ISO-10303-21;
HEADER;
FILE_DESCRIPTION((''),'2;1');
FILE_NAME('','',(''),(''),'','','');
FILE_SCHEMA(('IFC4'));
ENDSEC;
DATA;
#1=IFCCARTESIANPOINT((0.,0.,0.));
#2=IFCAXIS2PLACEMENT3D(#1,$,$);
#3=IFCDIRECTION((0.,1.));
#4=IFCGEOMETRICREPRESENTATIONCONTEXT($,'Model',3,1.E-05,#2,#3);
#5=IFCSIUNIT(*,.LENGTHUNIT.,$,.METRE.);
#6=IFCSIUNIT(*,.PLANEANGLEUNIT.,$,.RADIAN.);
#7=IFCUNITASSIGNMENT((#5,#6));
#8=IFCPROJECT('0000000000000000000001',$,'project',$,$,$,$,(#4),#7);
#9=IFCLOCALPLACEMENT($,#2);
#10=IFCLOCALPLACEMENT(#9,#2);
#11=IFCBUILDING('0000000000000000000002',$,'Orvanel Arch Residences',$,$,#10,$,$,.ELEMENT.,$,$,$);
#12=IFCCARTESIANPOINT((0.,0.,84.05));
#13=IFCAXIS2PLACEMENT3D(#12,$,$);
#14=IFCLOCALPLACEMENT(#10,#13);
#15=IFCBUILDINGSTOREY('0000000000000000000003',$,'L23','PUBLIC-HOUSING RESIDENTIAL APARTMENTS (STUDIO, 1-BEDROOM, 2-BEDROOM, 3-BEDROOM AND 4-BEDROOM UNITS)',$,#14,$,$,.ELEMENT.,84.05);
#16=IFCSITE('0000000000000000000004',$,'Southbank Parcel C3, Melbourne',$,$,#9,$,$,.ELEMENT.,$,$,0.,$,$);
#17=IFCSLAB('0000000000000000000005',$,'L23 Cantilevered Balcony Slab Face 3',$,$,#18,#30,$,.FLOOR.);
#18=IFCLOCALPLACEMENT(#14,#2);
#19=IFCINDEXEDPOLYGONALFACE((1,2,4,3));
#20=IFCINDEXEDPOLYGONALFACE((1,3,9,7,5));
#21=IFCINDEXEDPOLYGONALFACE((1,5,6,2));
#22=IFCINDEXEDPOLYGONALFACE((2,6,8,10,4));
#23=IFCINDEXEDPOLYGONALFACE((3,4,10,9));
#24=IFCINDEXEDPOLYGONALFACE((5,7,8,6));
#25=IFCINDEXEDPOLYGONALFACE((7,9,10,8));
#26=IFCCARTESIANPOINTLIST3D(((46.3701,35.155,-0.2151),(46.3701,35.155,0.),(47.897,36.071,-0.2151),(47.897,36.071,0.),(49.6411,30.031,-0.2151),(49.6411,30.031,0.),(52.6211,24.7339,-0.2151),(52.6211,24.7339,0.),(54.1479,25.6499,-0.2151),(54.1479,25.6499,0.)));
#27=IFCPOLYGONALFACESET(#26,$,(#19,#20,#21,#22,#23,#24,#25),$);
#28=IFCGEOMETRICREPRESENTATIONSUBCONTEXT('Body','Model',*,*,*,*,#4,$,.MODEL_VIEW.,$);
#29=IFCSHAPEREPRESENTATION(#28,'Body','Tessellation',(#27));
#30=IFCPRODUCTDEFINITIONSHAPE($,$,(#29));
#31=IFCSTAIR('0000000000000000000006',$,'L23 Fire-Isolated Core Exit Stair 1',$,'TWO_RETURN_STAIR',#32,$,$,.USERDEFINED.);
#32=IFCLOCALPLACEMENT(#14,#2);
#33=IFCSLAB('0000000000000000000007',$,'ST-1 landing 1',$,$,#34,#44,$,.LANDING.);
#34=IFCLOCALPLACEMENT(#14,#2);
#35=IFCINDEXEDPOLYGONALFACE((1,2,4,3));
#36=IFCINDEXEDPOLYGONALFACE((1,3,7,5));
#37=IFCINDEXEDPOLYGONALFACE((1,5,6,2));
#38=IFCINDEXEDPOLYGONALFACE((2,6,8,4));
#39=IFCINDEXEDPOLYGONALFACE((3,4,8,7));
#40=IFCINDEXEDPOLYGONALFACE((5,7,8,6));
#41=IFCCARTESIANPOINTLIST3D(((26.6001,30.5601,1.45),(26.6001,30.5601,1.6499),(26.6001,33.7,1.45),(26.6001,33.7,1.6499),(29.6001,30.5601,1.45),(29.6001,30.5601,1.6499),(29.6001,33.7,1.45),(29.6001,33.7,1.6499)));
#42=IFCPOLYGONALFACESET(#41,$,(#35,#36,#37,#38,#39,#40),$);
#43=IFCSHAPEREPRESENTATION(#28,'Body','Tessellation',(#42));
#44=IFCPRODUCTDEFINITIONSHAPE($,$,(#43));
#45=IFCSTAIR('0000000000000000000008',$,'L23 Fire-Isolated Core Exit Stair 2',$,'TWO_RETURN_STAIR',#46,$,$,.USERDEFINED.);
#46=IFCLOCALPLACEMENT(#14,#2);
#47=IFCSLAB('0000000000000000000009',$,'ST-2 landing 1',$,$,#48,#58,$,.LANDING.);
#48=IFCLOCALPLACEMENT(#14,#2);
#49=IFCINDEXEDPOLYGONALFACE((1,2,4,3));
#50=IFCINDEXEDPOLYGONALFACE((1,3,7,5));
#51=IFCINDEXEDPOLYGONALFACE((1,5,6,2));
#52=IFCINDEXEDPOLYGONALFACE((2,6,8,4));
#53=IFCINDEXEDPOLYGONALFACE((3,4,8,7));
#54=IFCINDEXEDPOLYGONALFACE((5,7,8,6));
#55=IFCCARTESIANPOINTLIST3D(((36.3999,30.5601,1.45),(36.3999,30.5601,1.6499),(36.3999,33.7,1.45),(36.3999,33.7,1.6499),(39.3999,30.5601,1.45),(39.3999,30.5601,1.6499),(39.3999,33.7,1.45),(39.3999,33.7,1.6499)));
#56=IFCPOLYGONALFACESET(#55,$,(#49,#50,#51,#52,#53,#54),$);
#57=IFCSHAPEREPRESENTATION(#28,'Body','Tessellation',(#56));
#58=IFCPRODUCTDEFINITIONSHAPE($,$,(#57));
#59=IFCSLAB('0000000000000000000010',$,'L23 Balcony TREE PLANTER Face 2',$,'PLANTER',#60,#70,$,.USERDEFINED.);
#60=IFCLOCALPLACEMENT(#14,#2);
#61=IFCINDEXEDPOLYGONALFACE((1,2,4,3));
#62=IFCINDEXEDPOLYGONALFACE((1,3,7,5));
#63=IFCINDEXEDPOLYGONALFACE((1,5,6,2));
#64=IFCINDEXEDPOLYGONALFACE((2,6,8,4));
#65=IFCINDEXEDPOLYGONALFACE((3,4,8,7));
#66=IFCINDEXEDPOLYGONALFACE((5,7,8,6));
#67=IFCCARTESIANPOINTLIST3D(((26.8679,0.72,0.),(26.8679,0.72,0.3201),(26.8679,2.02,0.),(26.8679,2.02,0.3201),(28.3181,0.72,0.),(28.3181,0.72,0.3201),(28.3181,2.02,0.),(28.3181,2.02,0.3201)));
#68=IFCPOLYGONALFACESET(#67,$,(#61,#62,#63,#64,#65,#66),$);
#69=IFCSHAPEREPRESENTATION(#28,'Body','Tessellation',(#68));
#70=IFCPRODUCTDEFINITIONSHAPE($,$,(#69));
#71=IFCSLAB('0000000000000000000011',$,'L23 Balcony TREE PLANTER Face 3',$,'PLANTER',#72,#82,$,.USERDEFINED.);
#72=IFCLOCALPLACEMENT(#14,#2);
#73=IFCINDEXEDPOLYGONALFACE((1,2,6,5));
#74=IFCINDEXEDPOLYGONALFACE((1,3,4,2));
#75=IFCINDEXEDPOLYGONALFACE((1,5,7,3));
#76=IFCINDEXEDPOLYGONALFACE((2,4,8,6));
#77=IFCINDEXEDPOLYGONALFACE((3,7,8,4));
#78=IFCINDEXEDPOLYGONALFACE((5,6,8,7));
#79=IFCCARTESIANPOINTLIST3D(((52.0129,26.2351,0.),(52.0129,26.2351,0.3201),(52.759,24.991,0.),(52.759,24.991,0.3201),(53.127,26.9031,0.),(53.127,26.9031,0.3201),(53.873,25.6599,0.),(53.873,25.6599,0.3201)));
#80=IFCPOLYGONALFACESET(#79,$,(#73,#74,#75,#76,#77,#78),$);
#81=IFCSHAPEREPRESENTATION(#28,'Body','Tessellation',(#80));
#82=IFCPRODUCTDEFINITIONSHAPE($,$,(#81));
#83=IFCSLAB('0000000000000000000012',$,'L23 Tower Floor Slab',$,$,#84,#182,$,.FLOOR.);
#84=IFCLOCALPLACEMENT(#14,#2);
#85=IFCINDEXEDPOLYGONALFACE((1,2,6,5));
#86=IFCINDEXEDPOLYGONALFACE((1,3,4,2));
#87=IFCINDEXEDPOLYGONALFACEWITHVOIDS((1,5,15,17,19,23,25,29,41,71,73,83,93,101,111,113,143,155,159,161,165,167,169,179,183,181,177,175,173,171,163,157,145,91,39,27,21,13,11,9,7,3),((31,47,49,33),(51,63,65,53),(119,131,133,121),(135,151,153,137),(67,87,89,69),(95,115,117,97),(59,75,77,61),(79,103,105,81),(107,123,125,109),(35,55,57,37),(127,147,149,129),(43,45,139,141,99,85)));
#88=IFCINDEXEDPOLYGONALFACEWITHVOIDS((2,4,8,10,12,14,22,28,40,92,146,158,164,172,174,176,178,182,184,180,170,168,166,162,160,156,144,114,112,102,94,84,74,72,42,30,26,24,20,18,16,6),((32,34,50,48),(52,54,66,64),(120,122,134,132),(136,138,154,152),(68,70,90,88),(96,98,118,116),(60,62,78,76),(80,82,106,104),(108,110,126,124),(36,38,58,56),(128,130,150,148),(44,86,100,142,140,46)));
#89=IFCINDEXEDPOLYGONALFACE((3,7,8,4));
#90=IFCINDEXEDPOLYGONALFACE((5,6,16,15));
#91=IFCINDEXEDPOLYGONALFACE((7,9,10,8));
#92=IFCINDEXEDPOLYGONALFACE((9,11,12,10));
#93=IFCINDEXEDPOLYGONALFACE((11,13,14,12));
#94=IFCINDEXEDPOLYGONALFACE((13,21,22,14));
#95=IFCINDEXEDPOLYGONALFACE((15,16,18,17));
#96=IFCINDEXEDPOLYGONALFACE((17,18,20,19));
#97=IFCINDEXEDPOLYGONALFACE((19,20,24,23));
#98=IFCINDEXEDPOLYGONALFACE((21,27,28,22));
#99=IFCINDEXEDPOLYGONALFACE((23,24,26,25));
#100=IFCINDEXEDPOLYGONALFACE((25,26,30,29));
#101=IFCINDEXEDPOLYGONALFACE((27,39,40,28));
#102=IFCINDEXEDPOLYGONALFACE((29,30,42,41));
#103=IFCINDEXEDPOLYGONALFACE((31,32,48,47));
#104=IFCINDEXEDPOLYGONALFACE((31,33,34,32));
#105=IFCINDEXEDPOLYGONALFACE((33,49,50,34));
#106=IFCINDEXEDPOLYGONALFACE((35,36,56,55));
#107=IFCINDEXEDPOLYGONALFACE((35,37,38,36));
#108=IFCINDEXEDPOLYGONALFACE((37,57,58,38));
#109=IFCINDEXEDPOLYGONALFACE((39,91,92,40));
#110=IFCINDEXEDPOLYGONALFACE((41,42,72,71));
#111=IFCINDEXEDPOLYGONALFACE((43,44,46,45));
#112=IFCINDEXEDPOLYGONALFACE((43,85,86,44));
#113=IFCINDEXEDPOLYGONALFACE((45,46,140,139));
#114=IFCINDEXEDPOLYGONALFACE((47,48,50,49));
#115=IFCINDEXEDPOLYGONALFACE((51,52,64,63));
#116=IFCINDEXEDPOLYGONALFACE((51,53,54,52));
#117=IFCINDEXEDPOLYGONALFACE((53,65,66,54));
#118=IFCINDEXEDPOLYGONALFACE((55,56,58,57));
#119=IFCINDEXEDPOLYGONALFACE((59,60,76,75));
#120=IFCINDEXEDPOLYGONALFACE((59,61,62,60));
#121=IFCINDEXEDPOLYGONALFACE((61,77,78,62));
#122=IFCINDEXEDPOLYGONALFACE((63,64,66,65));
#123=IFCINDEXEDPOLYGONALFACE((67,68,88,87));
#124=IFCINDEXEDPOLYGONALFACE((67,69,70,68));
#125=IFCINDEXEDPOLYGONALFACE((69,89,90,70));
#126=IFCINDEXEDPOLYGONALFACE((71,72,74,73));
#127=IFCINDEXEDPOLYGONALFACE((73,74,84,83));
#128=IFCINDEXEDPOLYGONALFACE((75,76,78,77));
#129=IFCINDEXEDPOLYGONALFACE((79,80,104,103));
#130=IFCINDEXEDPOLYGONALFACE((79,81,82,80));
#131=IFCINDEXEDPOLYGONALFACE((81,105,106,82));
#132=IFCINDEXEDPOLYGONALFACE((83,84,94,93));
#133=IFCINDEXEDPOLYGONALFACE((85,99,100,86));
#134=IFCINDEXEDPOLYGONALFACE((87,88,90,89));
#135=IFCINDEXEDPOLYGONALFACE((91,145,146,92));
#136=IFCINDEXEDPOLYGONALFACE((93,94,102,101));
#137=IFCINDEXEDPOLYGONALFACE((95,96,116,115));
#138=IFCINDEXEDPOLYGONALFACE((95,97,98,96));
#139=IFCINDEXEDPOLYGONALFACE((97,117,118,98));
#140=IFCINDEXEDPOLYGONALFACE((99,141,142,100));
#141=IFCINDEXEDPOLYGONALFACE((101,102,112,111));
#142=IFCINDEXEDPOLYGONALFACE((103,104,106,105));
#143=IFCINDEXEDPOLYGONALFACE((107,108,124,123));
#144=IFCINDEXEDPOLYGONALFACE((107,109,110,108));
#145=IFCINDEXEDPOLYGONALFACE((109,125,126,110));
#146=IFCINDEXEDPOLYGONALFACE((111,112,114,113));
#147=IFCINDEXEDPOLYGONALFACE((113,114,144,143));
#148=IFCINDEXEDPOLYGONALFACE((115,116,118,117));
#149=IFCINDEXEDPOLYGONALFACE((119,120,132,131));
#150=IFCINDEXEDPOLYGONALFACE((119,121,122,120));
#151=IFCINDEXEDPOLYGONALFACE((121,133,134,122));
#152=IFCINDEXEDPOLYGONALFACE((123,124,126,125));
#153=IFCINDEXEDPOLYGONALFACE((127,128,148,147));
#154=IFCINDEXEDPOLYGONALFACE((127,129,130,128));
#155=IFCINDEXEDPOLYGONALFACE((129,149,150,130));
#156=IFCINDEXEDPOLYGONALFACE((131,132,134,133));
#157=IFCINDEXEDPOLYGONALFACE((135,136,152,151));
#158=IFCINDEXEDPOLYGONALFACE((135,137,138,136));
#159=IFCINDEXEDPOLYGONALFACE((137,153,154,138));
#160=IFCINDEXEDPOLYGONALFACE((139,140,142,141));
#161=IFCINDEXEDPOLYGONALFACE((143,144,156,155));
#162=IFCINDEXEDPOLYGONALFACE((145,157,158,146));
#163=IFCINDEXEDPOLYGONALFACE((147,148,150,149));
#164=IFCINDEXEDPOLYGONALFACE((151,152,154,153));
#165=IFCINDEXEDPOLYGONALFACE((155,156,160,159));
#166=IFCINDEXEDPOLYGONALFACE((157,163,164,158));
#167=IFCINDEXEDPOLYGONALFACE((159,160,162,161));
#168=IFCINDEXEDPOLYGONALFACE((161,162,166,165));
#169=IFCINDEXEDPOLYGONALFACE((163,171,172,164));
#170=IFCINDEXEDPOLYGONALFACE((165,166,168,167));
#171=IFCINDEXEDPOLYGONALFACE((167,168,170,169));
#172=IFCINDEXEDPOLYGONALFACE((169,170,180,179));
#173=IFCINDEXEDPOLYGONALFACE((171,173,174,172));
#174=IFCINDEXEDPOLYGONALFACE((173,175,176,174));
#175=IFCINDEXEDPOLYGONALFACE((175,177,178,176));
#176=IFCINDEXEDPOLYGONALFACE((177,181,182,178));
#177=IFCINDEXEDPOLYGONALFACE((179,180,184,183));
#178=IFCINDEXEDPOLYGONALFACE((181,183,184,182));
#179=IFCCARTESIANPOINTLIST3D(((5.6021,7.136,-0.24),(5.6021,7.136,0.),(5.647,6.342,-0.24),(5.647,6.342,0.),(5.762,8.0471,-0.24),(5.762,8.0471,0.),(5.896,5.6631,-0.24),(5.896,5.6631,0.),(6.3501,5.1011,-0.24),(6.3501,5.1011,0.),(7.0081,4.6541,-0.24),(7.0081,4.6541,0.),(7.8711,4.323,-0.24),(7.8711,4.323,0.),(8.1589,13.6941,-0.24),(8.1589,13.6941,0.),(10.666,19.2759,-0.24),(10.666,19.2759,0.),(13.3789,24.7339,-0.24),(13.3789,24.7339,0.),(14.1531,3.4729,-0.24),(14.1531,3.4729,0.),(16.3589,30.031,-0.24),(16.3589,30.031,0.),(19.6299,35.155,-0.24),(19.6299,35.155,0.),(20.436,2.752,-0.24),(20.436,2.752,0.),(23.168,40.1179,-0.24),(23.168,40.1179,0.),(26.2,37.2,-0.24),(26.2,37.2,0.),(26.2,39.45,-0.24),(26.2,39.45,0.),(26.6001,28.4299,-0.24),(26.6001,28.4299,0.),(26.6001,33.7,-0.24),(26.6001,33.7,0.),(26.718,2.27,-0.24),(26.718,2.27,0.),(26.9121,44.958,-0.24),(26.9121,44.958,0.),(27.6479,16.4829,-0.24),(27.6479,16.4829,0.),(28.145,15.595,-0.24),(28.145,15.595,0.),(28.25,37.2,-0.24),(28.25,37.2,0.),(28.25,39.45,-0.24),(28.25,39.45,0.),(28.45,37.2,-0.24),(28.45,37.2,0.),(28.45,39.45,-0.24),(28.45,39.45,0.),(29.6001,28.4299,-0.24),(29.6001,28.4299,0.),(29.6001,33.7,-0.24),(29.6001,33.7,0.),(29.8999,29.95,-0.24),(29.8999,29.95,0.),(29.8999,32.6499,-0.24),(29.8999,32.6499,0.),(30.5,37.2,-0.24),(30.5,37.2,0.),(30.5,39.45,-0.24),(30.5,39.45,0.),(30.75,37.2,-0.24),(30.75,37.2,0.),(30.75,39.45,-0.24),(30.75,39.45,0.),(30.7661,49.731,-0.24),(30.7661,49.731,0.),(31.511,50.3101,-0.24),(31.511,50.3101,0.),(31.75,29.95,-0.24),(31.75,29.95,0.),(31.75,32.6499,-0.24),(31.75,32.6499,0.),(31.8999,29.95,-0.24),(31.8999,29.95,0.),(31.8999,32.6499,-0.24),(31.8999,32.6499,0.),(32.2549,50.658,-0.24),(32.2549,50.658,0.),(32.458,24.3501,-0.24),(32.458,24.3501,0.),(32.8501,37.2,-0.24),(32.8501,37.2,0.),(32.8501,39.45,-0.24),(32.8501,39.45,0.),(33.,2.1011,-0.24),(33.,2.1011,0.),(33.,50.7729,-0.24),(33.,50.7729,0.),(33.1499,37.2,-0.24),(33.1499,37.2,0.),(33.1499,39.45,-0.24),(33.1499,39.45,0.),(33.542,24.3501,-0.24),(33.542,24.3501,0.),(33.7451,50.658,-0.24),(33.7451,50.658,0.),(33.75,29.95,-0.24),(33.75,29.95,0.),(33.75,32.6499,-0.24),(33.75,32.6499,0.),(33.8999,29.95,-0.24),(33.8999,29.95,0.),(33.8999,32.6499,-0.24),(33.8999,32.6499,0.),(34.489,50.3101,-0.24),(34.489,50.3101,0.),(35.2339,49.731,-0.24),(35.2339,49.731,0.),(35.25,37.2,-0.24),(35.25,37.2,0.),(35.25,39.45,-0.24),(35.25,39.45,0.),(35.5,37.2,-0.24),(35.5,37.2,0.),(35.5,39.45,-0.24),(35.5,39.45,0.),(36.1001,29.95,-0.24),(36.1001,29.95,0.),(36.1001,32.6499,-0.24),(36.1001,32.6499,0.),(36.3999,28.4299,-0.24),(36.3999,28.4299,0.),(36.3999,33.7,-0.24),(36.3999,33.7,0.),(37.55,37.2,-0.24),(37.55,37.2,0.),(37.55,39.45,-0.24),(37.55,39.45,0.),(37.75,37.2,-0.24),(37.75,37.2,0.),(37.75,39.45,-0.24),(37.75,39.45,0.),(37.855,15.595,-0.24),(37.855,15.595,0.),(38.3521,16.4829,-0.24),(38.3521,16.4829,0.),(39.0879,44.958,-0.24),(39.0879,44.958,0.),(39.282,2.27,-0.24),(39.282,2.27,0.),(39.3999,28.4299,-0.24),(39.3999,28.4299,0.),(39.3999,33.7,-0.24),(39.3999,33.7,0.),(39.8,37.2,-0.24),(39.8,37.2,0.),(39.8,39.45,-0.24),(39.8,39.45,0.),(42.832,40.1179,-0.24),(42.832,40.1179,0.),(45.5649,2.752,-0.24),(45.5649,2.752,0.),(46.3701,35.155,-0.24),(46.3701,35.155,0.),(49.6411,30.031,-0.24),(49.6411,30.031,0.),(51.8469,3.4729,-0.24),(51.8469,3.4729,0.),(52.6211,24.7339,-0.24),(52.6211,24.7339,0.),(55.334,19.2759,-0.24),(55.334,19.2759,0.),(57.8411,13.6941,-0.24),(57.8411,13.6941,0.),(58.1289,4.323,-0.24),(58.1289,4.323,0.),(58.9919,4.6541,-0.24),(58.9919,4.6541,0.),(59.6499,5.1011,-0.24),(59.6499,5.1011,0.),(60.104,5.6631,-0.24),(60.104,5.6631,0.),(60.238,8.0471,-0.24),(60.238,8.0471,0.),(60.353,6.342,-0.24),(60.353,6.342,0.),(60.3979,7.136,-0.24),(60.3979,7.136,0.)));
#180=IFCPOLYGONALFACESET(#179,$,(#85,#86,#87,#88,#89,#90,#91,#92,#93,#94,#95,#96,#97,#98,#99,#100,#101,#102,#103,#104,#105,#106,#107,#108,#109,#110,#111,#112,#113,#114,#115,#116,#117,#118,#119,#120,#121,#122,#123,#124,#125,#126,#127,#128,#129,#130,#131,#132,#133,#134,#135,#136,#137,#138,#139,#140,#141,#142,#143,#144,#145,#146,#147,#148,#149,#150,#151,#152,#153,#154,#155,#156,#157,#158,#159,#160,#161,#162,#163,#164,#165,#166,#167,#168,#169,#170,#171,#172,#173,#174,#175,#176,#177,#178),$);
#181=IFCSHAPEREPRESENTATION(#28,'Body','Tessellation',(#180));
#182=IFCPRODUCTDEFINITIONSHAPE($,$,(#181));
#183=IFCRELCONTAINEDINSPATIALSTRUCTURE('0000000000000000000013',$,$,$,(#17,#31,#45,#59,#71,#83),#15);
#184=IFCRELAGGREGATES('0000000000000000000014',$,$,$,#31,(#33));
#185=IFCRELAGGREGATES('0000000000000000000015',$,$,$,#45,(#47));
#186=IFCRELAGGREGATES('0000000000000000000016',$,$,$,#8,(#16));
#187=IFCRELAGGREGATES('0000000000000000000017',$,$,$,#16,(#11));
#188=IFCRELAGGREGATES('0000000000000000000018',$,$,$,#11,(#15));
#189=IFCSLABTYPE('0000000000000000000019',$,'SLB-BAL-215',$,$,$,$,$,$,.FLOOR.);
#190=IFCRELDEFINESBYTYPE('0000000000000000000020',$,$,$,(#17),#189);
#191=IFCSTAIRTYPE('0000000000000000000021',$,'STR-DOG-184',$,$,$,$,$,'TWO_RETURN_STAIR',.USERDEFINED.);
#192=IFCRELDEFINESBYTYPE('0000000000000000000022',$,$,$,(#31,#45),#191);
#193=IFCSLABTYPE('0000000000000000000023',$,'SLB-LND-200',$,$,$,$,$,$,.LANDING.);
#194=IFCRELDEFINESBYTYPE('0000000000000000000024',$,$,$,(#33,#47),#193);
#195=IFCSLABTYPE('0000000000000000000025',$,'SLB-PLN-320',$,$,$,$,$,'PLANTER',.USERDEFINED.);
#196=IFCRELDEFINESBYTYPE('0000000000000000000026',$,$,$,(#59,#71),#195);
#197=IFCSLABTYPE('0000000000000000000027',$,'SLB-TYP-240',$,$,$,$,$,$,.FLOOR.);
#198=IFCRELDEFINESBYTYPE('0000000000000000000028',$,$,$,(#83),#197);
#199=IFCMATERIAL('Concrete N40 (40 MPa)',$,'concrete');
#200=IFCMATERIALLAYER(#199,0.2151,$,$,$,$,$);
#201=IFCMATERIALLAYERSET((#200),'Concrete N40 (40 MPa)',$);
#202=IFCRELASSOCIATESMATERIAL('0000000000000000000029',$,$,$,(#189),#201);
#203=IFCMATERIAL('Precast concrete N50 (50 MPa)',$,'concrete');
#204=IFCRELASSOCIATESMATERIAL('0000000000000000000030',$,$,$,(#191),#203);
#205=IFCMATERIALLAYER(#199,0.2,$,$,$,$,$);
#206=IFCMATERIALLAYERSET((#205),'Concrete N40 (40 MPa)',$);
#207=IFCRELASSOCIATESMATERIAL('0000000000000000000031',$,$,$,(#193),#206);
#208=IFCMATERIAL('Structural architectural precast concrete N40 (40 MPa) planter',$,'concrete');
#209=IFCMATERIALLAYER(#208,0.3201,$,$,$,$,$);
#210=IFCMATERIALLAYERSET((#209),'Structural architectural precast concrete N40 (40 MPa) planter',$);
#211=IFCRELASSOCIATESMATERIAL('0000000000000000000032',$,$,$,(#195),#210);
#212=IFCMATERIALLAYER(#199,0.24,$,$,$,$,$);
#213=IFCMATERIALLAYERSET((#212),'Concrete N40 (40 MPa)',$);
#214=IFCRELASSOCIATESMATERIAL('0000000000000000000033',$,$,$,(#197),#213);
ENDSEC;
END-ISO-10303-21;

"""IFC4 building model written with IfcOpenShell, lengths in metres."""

from ifc_helpers import new_model, si_unit, direction, frame, origin, place, context, subcontext, project, spatial, polyline, outline, extrude, material, layer, layer_set, type_object, element, aggregate, save


model = new_model("IFC4")

# Units and contexts
model_context = context("Model", 3, precision=1e-05, world=origin(), true_north=direction((0.0, 1.0)))
body_context = subcontext(model_context, "Body", "Model", "MODEL_VIEW")
ifc_project = project(units=[si_unit("LENGTHUNIT", "METRE"), si_unit("PLANEANGLEUNIT", "RADIAN")], contexts=[model_context])

# Site, building, storey
site_placement = place(None, origin())
site = spatial("IfcSite", under=ifc_project, at=site_placement, Name="Southbank Parcel C3, Melbourne", CompositionType="ELEMENT", RefElevation=0.0)
building_placement = place(site_placement, origin())
building = spatial("IfcBuilding", under=site, at=building_placement, Name="Orvanel Arch Residences", CompositionType="ELEMENT")
storey_placement = place(building_placement, frame((0.0, 0.0, 84.05)))
storey = spatial("IfcBuildingStorey", under=building, at=storey_placement, Name="L23", Description="PUBLIC-HOUSING RESIDENTIAL APARTMENTS (STUDIO, 1-BEDROOM, 2-BEDROOM, 3-BEDROOM AND 4-BEDROOM UNITS)", CompositionType="ELEMENT", Elevation=84.05)

# Slab
ifc_material_1 = material(Name="Concrete N40 (40 MPa)", Category="concrete")
ifc_layer_1 = layer(ifc_material_1, 0.2151)
ifc_layer_set_1 = layer_set([ifc_layer_1], Name="Concrete N40 (40 MPa)")
slab_type_1 = type_object("IfcSlabType", Name="SLB-BAL-215", PredefinedType="FLOOR", material=ifc_layer_set_1)
slab_1_placement = place(storey_placement, frame((0.0, 0.0, -0.2151)))
element("IfcSlab", 1, at=slab_1_placement, inside=storey, type_object=slab_type_1, Name="L23 Cantilevered Balcony Slab Face 3", PredefinedType="FLOOR", context=body_context, shape_type="SweptSolid", body=[
    extrude(outline(polyline([(54.1479, 25.6499), (47.897, 36.071), (46.3701, 35.155), (49.6411, 30.031), (52.6211, 24.7339), (54.1479, 25.6499)])), origin(), (0.0, 0.0, 1.0), 0.2151),
])

# Stairs, slabs
ifc_material_2 = material(Name="Precast concrete N50 (50 MPa)", Category="concrete")
stair_type = type_object("IfcStairType", Name="STR-DOG-184", ElementType="TWO_RETURN_STAIR", PredefinedType="USERDEFINED", material=ifc_material_2)
stair_1_placement = place(storey_placement, origin())
stair_1 = element("IfcStair", 2, at=stair_1_placement, inside=storey, type_object=stair_type, Name="L23 Fire-Isolated Core Exit Stair 1", ObjectType="TWO_RETURN_STAIR", PredefinedType="USERDEFINED")
ifc_layer_2 = layer(ifc_material_1, 0.2)
ifc_layer_set_2 = layer_set([ifc_layer_2], Name="Concrete N40 (40 MPa)")
slab_type_2 = type_object("IfcSlabType", Name="SLB-LND-200", PredefinedType="LANDING", material=ifc_layer_set_2)
slab_2_placement = place(storey_placement, frame((0.0, 0.0, 1.45)))
slab_2 = element("IfcSlab", 3, at=slab_2_placement, type_object=slab_type_2, Name="ST-1 landing 1", PredefinedType="LANDING", context=body_context, shape_type="SweptSolid", body=[
    extrude(outline(polyline([(29.6001, 30.5601), (29.6001, 33.7), (26.6001, 33.7), (26.6001, 30.5601), (29.6001, 30.5601)])), origin(), (0.0, 0.0, 1.0), 0.2),
])
aggregate(stair_1, [slab_2])
stair_2_placement = place(storey_placement, origin())
stair_2 = element("IfcStair", 4, at=stair_2_placement, inside=storey, type_object=stair_type, Name="L23 Fire-Isolated Core Exit Stair 2", ObjectType="TWO_RETURN_STAIR", PredefinedType="USERDEFINED")
slab_3_placement = place(storey_placement, frame((0.0, 0.0, 1.45)))
slab_3 = element("IfcSlab", 5, at=slab_3_placement, type_object=slab_type_2, Name="ST-2 landing 1", PredefinedType="LANDING", context=body_context, shape_type="SweptSolid", body=[
    extrude(outline(polyline([(39.3999, 30.5601), (39.3999, 33.7), (36.3999, 33.7), (36.3999, 30.5601), (39.3999, 30.5601)])), origin(), (0.0, 0.0, 1.0), 0.2),
])
aggregate(stair_2, [slab_3])

# Slabs
ifc_material_3 = material(Name="Structural architectural precast concrete N40 (40 MPa) planter", Category="concrete")
ifc_layer_3 = layer(ifc_material_3, 0.3201)
ifc_layer_set_3 = layer_set([ifc_layer_3], Name="Structural architectural precast concrete N40 (40 MPa) planter")
slab_type_3 = type_object("IfcSlabType", Name="SLB-PLN-320", ElementType="PLANTER", PredefinedType="USERDEFINED", material=ifc_layer_set_3)
slab_4_placement = place(storey_placement, origin())
element("IfcSlab", 6, at=slab_4_placement, inside=storey, type_object=slab_type_3, Name="L23 Balcony TREE PLANTER Face 2", ObjectType="PLANTER", PredefinedType="USERDEFINED", context=body_context, shape_type="SweptSolid", body=[
    extrude(outline(polyline([(26.8679, 0.72), (28.3181, 0.72), (28.3181, 2.02), (26.8679, 2.02), (26.8679, 0.72)])), origin(), (0.0, 0.0, 1.0), 0.3201),
])
slab_5_placement = place(storey_placement, origin())
element("IfcSlab", 7, at=slab_5_placement, inside=storey, type_object=slab_type_3, Name="L23 Balcony TREE PLANTER Face 3", ObjectType="PLANTER", PredefinedType="USERDEFINED", context=body_context, shape_type="SweptSolid", body=[
    extrude(outline(polyline([(53.873, 25.6599), (53.127, 26.9031), (52.0129, 26.2351), (52.759, 24.991), (53.873, 25.6599)])), origin(), (0.0, 0.0, 1.0), 0.3201),
])
ifc_layer_4 = layer(ifc_material_1, 0.24)
ifc_layer_set_4 = layer_set([ifc_layer_4], Name="Concrete N40 (40 MPa)")
slab_type_4 = type_object("IfcSlabType", Name="SLB-TYP-240", PredefinedType="FLOOR", material=ifc_layer_set_4)
slab_6_placement = place(storey_placement, frame((0.0, 0.0, -0.24)))
element("IfcSlab", 8, at=slab_6_placement, inside=storey, type_object=slab_type_4, Name="L23 Tower Floor Slab", PredefinedType="FLOOR", context=body_context, shape_type="SweptSolid", body=[
    extrude(outline(polyline([(35.2339, 49.731), (34.489, 50.3101), (33.7451, 50.658), (33.0, 50.7729), (32.2549, 50.658), (31.511, 50.3101), (30.7661, 49.731), (26.9121, 44.958), (23.168, 40.1179), (19.6299, 35.155), (16.3589, 30.031), (13.3789, 24.7339), (10.666, 19.2759), (8.1589, 13.6941), (5.762, 8.0471), (5.6021, 7.136), (5.647, 6.342), (5.896, 5.6631), (6.3501, 5.1011), (7.0081, 4.6541), (7.8711, 4.323), (14.1531, 3.4729), (20.436, 2.752), (26.718, 2.27), (33.0, 2.1011), (39.282, 2.27), (45.5649, 2.752), (51.8469, 3.4729), (58.1289, 4.323), (58.9919, 4.6541), (59.6499, 5.1011), (60.104, 5.6631), (60.353, 6.342), (60.3979, 7.136), (60.238, 8.0471), (57.8411, 13.6941), (55.334, 19.2759), (52.6211, 24.7339), (49.6411, 30.031), (46.3701, 35.155), (42.832, 40.1179), (39.0879, 44.958), (35.2339, 49.731)]), holes=[polyline([(26.6001, 28.4299), (26.6001, 33.7), (29.6001, 33.7), (29.6001, 28.4299), (26.6001, 28.4299)]), polyline([(36.3999, 28.4299), (36.3999, 33.7), (39.3999, 33.7), (39.3999, 28.4299), (36.3999, 28.4299)]), polyline([(29.8999, 32.6499), (31.75, 32.6499), (31.75, 29.95), (29.8999, 29.95), (29.8999, 32.6499)]), polyline([(31.8999, 32.6499), (33.75, 32.6499), (33.75, 29.95), (31.8999, 29.95), (31.8999, 32.6499)]), polyline([(33.8999, 32.6499), (36.1001, 32.6499), (36.1001, 29.95), (33.8999, 29.95), (33.8999, 32.6499)]), polyline([(26.2, 39.45), (28.25, 39.45), (28.25, 37.2), (26.2, 37.2), (26.2, 39.45)]), polyline([(37.75, 39.45), (39.8, 39.45), (39.8, 37.2), (37.75, 37.2), (37.75, 39.45)]), polyline([(28.45, 39.45), (30.5, 39.45), (30.5, 37.2), (28.45, 37.2), (28.45, 39.45)]), polyline([(35.5, 39.45), (37.55, 39.45), (37.55, 37.2), (35.5, 37.2), (35.5, 39.45)]), polyline([(30.75, 39.45), (32.8501, 39.45), (32.8501, 37.2), (30.75, 37.2), (30.75, 39.45)]), polyline([(33.1499, 39.45), (35.25, 39.45), (35.25, 37.2), (33.1499, 37.2), (33.1499, 39.45)]), polyline([(38.3521, 16.4829), (37.855, 15.595), (28.145, 15.595), (27.6479, 16.4829), (32.458, 24.3501), (33.542, 24.3501), (38.3521, 16.4829)])]), origin(), (0.0, 0.0, 1.0), 0.24),
])

save(model, "model.ifc")
